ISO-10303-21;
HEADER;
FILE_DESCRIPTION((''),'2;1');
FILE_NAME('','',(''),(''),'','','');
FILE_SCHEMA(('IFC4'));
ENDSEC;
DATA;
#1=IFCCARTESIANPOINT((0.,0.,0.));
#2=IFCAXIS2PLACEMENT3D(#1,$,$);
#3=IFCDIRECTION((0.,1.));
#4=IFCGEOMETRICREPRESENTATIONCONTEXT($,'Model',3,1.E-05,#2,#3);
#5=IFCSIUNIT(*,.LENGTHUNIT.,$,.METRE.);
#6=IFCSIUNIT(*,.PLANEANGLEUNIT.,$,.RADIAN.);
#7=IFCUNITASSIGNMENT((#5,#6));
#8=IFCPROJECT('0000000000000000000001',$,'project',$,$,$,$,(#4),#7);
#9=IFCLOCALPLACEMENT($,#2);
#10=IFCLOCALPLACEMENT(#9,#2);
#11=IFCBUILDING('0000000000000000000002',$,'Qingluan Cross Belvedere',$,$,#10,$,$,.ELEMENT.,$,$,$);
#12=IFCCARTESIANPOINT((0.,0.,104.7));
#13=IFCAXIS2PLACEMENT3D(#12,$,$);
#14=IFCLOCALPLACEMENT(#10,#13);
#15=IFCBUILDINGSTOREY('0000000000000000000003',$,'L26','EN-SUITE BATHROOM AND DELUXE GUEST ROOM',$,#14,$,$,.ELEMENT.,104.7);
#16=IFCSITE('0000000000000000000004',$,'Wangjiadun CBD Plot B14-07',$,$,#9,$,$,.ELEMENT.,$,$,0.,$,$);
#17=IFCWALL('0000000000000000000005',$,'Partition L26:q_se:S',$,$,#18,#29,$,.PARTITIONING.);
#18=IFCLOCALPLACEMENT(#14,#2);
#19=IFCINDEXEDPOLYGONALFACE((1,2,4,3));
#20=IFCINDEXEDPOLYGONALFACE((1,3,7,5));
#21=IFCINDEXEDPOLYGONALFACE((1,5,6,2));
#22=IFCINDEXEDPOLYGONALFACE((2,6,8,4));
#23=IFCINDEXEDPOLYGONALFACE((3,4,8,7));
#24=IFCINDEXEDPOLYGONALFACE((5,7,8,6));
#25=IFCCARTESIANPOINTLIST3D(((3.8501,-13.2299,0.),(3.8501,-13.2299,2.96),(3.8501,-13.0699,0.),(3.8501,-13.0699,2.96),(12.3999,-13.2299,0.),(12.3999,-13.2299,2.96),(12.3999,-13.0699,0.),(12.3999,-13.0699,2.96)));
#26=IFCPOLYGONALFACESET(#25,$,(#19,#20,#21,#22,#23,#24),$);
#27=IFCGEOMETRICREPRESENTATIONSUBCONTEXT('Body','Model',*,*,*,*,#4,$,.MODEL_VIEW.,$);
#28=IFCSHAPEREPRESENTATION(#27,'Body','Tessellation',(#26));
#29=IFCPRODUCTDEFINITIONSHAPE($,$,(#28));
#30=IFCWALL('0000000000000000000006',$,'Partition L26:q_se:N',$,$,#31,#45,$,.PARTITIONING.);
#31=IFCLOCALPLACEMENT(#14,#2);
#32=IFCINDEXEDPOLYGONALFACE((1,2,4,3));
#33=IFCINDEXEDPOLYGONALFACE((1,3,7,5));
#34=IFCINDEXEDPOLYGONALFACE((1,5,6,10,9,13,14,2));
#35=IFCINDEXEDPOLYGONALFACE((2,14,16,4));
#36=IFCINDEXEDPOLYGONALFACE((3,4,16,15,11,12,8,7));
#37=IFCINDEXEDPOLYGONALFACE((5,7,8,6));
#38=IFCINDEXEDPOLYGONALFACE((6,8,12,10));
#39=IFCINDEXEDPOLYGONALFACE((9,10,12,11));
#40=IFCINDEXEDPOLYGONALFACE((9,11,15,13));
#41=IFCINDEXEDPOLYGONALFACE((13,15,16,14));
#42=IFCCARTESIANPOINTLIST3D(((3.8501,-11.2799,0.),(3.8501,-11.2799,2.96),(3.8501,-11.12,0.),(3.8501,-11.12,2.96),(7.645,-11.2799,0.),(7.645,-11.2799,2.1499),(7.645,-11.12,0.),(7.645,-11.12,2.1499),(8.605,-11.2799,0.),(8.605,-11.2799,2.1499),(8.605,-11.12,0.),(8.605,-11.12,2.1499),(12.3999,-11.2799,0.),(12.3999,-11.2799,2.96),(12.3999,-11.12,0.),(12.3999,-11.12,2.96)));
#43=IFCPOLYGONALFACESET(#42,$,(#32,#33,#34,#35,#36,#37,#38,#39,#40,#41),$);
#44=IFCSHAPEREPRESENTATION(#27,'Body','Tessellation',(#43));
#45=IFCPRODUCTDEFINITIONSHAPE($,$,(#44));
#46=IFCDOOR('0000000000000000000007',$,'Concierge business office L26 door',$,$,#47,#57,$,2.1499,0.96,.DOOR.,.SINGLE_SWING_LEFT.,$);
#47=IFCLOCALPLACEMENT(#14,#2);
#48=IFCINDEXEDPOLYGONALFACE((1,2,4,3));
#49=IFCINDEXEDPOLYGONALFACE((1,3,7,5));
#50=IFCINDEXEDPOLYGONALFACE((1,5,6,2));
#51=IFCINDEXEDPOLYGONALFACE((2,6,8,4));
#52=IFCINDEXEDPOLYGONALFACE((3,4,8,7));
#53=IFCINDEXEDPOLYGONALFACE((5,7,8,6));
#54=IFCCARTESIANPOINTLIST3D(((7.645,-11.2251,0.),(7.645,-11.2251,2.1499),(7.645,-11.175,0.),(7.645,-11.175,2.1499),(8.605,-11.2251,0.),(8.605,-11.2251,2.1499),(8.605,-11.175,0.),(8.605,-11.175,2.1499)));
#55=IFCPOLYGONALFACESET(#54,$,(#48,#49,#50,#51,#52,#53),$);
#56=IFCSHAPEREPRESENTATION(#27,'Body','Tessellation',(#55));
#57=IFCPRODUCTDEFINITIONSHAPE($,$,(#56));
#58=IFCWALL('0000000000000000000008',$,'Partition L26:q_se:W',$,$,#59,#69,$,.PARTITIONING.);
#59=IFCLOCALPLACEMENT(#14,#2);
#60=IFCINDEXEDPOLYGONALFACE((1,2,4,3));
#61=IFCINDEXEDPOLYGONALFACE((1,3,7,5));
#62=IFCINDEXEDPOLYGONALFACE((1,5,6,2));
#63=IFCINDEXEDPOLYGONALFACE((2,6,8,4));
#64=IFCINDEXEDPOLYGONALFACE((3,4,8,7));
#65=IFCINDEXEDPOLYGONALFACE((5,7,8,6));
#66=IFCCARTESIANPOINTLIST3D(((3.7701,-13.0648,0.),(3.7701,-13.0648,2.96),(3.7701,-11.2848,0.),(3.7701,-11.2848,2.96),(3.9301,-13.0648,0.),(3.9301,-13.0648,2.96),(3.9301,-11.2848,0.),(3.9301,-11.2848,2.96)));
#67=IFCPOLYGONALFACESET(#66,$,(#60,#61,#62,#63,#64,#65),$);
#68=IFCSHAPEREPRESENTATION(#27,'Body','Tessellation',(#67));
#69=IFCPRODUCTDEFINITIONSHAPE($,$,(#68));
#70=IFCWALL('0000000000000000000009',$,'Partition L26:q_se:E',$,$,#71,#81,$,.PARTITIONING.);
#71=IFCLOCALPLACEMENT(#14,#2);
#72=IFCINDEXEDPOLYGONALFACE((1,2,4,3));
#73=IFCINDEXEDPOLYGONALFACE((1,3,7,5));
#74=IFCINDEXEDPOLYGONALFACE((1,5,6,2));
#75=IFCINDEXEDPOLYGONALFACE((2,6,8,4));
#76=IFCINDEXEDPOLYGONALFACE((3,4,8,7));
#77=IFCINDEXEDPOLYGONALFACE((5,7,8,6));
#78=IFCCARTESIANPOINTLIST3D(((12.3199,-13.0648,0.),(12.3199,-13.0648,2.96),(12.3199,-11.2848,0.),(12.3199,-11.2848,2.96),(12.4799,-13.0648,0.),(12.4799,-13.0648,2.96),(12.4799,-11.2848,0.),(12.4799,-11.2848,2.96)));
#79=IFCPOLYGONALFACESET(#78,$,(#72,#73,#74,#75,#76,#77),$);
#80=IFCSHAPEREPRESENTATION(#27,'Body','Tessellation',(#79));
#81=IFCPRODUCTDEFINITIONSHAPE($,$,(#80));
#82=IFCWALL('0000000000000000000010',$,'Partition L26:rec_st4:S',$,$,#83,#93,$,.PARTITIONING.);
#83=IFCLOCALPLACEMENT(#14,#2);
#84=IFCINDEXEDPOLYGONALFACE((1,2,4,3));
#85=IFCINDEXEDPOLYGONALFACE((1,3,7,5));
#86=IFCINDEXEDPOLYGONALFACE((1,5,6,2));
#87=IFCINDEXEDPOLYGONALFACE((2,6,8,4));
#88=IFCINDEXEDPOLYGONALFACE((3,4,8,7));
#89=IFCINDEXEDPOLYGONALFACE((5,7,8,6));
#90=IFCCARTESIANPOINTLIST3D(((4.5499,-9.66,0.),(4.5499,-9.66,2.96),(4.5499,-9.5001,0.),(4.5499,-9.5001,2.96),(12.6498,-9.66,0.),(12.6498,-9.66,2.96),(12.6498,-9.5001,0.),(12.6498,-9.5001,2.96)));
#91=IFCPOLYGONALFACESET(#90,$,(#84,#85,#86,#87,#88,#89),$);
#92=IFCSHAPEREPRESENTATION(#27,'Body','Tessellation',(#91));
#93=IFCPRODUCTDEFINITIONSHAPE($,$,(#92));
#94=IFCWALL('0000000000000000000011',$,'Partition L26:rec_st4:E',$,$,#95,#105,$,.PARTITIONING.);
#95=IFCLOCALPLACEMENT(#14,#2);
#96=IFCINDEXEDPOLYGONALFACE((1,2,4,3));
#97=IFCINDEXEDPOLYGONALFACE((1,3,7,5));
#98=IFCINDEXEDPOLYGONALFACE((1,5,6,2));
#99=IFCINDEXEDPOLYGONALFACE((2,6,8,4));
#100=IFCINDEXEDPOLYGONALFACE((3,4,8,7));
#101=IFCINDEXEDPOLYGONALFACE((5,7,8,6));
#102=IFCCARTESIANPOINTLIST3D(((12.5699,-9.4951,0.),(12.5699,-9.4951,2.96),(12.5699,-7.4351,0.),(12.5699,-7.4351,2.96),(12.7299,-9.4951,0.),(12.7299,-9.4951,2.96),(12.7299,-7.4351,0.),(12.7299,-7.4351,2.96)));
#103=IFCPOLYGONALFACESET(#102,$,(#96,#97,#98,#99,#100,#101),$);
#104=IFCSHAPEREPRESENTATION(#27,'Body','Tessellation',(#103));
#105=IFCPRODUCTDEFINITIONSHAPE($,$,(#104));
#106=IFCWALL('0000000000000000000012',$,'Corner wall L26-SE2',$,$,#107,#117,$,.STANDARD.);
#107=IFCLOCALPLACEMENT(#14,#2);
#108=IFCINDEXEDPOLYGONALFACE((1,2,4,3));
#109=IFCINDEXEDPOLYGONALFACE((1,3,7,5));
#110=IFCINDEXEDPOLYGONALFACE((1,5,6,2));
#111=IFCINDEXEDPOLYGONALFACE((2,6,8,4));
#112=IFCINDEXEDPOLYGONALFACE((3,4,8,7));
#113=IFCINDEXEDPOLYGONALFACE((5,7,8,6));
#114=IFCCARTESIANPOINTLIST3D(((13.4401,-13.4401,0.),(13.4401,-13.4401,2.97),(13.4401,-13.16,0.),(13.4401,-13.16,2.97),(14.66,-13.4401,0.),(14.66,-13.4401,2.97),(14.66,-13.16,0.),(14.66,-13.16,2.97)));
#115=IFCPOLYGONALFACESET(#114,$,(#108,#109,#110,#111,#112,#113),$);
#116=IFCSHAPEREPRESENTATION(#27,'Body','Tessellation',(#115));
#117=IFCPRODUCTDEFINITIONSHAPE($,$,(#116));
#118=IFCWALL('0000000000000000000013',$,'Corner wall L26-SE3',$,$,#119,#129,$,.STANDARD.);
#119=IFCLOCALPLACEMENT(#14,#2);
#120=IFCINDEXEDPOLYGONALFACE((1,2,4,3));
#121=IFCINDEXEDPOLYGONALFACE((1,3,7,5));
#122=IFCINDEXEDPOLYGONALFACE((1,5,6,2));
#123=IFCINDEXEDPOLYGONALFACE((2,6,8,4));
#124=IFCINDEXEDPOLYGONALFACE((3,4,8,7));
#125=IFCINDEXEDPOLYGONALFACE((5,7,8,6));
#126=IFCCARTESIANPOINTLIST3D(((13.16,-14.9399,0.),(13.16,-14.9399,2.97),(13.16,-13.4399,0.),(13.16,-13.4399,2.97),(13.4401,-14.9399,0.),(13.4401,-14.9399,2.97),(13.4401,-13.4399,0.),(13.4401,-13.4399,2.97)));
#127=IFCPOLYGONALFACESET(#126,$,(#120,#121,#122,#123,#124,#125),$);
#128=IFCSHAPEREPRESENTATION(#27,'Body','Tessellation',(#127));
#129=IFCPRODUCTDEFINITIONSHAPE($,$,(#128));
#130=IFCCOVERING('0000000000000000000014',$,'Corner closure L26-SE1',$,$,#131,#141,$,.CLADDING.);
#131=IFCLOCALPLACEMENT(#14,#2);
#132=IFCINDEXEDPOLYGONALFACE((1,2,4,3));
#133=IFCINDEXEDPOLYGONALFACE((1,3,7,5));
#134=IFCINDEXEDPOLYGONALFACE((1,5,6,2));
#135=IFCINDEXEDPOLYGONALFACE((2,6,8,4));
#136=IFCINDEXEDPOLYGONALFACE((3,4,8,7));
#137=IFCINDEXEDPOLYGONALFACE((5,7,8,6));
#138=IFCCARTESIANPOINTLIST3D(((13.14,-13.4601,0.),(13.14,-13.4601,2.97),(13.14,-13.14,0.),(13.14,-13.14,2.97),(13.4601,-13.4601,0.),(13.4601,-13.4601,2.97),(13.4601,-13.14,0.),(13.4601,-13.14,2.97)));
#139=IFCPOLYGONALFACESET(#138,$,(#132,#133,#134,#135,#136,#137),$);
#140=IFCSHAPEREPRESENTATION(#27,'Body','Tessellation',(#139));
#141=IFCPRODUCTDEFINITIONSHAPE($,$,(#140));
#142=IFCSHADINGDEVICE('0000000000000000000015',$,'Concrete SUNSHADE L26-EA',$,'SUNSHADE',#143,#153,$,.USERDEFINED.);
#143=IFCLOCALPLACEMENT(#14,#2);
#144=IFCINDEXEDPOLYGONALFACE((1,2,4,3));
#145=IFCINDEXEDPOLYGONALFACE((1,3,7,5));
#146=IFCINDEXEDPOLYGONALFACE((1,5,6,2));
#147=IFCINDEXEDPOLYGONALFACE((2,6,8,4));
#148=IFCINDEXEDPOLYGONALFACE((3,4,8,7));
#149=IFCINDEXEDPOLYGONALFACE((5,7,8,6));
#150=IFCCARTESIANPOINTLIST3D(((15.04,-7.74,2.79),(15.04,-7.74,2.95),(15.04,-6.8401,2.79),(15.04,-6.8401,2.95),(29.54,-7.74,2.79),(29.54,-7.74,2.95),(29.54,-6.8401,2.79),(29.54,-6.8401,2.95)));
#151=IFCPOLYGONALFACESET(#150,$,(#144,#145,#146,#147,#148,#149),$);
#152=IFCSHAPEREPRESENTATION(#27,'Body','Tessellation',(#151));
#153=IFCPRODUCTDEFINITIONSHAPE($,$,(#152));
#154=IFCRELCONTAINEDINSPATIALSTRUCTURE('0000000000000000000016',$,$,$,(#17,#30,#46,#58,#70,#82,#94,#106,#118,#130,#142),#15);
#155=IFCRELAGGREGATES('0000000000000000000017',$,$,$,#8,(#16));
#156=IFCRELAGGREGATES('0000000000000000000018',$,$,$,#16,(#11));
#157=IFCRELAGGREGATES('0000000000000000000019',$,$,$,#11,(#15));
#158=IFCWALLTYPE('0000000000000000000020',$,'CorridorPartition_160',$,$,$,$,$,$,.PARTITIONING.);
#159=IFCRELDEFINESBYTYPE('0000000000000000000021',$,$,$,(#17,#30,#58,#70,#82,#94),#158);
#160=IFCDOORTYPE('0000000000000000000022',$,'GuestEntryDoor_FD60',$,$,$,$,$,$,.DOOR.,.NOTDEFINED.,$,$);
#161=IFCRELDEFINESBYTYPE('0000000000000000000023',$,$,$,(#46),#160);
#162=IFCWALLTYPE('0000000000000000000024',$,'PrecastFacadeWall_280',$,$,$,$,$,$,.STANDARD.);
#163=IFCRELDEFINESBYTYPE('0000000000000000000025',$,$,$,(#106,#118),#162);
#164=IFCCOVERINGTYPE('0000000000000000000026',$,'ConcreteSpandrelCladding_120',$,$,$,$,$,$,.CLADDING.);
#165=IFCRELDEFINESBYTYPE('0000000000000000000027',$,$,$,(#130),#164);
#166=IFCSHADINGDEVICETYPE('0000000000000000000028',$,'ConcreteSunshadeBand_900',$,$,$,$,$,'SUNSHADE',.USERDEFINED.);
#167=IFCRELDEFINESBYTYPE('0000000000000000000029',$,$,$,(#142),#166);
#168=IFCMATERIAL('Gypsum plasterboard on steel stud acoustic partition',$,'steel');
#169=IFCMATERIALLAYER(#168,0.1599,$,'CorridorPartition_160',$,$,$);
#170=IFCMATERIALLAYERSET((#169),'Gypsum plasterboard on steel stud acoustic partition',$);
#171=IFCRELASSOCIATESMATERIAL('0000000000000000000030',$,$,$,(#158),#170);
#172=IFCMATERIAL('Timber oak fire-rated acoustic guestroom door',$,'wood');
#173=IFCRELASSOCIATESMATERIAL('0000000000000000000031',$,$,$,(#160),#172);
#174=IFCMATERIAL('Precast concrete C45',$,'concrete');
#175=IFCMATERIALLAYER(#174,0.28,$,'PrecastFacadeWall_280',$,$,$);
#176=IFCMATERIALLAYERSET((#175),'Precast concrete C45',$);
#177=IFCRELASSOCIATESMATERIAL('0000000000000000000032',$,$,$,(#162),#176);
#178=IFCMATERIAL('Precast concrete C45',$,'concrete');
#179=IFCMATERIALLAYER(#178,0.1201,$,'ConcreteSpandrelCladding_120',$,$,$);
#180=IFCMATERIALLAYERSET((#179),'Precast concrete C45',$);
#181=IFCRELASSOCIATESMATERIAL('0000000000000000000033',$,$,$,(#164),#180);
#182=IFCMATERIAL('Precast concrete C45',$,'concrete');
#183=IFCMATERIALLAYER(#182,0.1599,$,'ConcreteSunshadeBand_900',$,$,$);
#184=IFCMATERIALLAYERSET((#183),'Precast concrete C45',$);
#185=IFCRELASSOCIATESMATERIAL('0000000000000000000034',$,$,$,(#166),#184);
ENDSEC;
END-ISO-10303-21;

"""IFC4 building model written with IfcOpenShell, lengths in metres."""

from ifc_helpers import new_model, si_unit, direction, frame, frame_2d, origin, origin_2d, place, context, subcontext, project, spatial, rectangle, extrude, material, layer, layer_set, type_object, element, fill, save


model = new_model("IFC4")

# Units and contexts
model_context = context("Model", 3, precision=1e-05, world=origin(), true_north=direction((0.0, 1.0)))
body_context = subcontext(model_context, "Body", "Model", "MODEL_VIEW")
ifc_project = project(units=[si_unit("LENGTHUNIT", "METRE"), si_unit("PLANEANGLEUNIT", "RADIAN")], contexts=[model_context])

# Site, building, storey
site_placement = place(None, origin())
site = spatial("IfcSite", under=ifc_project, at=site_placement, Name="Wangjiadun CBD Plot B14-07", CompositionType="ELEMENT", RefElevation=0.0)
building_placement = place(site_placement, origin())
building = spatial("IfcBuilding", under=site, at=building_placement, Name="Qingluan Cross Belvedere", CompositionType="ELEMENT")
storey_placement = place(building_placement, frame((0.0, 0.0, 104.7)))
storey = spatial("IfcBuildingStorey", under=building, at=storey_placement, Name="L26", Description="EN-SUITE BATHROOM AND DELUXE GUEST ROOM", CompositionType="ELEMENT", Elevation=104.7)

# Wall
ifc_material_1 = material(Name="Gypsum plasterboard on steel stud acoustic partition", Category="steel")
ifc_layer_1 = layer(ifc_material_1, 0.1599, Name="CorridorPartition_160")
ifc_layer_set_1 = layer_set([ifc_layer_1], Name="Gypsum plasterboard on steel stud acoustic partition")
wall_type_1 = type_object("IfcWallType", Name="CorridorPartition_160", PredefinedType="PARTITIONING", material=ifc_layer_set_1)
wall_1_placement = place(storey_placement, frame((3.8501, -13.1499, 0.0), z_axis=(0.0, 0.0, 1.0), x_axis=(1.0, 0.0, 0.0)))
element("IfcWall", 1, at=wall_1_placement, inside=storey, type_object=wall_type_1, Name="Partition L26:q_se:S", PredefinedType="PARTITIONING", context=body_context, shape_type="SweptSolid", body=[
    extrude(rectangle(XDim=8.5498, YDim=0.1599, at=frame_2d((4.2749, 0.0))), origin(), (0.0, 0.0, 1.0), 2.96),
])

# Wall, opening, door
wall_2_placement = place(storey_placement, frame((3.8501, -11.2, 0.0), z_axis=(0.0, 0.0, 1.0), x_axis=(1.0, 0.0, 0.0)))
wall_2 = element("IfcWall", 2, at=wall_2_placement, inside=storey, type_object=wall_type_1, Name="Partition L26:q_se:N", PredefinedType="PARTITIONING", context=body_context, shape_type="SweptSolid", body=[
    extrude(rectangle(XDim=8.5498, YDim=0.1599, at=frame_2d((4.2749, 0.0))), origin(), (0.0, 0.0, 1.0), 2.96),
])
opening_1_placement = place(wall_2_placement, frame((3.7949, 0.0, 0.0)))
opening_1 = element("IfcOpeningElement", 3, at=opening_1_placement, cuts=wall_2, PredefinedType="OPENING", context=body_context, shape_type="SweptSolid", body=[
    extrude(rectangle(XDim=0.96, YDim=2.1499, at=frame_2d((0.48, 1.075))), frame((0.0, 0.0898, 0.0), z_axis=(0.0, -1.0, 0.0), x_axis=(1.0, 0.0, 0.0)), (0.0, 0.0, 1.0), 0.1799),
])
ifc_material_2 = material(Name="Timber oak fire-rated acoustic guestroom door", Category="wood")
door_type = type_object("IfcDoorType", Name="GuestEntryDoor_FD60", OperationType="NOTDEFINED", PredefinedType="DOOR", material=ifc_material_2)
door_1_placement = place(opening_1_placement, origin())
door_1 = element("IfcDoor", 4, at=door_1_placement, inside=storey, type_object=door_type, Name="Concierge business office L26 door", OperationType="SINGLE_SWING_LEFT", OverallHeight=2.1499, OverallWidth=0.96, PredefinedType="DOOR", context=body_context, shape_type="SweptSolid", body=[
    extrude(rectangle(XDim=0.96, YDim=2.1499, at=frame_2d((0.48, 1.075))), frame((0.0, 0.0249, 0.0), z_axis=(0.0, -1.0, 0.0), x_axis=(1.0, 0.0, 0.0)), (0.0, 0.0, 1.0), 0.05),
])
fill(opening_1, door_1)

# Walls
for number, where, z_axis, x_axis, name in (
    (5, (3.8501, -13.0649, 0.0), (0.0, 0.0, 1.0), (0.0, 1.0, 0.0), "Partition L26:q_se:W"),
    (6, (12.3999, -13.0649, 0.0), (0.0, 0.0, 1.0), (0.0, 1.0, 0.0), "Partition L26:q_se:E"),
):
    element("IfcWall", number, at=place(storey_placement, frame(where, z_axis=z_axis, x_axis=x_axis)), inside=storey, type_object=wall_type_1, Name=name, PredefinedType="PARTITIONING", context=body_context, shape_type="SweptSolid", body=[
        extrude(rectangle(XDim=1.78, YDim=0.1599, at=frame_2d((0.8901, 0.0))), origin(), (0.0, 0.0, 1.0), 2.96),
    ])
wall_3_placement = place(storey_placement, frame((4.55, -9.5801, 0.0), z_axis=(0.0, 0.0, 1.0), x_axis=(1.0, 0.0, 0.0)))
element("IfcWall", 7, at=wall_3_placement, inside=storey, type_object=wall_type_1, Name="Partition L26:rec_st4:S", PredefinedType="PARTITIONING", context=body_context, shape_type="SweptSolid", body=[
    extrude(rectangle(XDim=8.0999, YDim=0.1599, at=frame_2d((4.0498, 0.0))), origin(), (0.0, 0.0, 1.0), 2.96),
])

# Walls
wall_4_placement = place(storey_placement, frame((12.6499, -9.4951, 0.0), z_axis=(0.0, 0.0, 1.0), x_axis=(0.0, 1.0, 0.0)))
element("IfcWall", 8, at=wall_4_placement, inside=storey, type_object=wall_type_1, Name="Partition L26:rec_st4:E", PredefinedType="PARTITIONING", context=body_context, shape_type="SweptSolid", body=[
    extrude(rectangle(XDim=2.0601, YDim=0.1599, at=frame_2d((1.03, 0.0))), origin(), (0.0, 0.0, 1.0), 2.96),
])
ifc_material_3 = material(Name="Precast concrete C45", Category="concrete")
ifc_layer_2 = layer(ifc_material_3, 0.28, Name="PrecastFacadeWall_280")
ifc_layer_set_2 = layer_set([ifc_layer_2], Name="Precast concrete C45")
wall_type_2 = type_object("IfcWallType", Name="PrecastFacadeWall_280", PredefinedType="STANDARD", material=ifc_layer_set_2)
wall_5_placement = place(storey_placement, frame((14.6599, -13.3, 0.0), z_axis=(0.0, 0.0, 1.0), x_axis=(-1.0, 0.0, 0.0)))
element("IfcWall", 9, at=wall_5_placement, inside=storey, type_object=wall_type_2, Name="Corner wall L26-SE2", PredefinedType="STANDARD", context=body_context, shape_type="SweptSolid", body=[
    extrude(rectangle(XDim=1.22, YDim=0.28, at=frame_2d((0.6099, 0.0))), origin(), (0.0, 0.0, 1.0), 2.97),
])
wall_6_placement = place(storey_placement, frame((13.3, -13.4399, 0.0), z_axis=(0.0, 0.0, 1.0), x_axis=(0.0, -1.0, 0.0)))
element("IfcWall", 10, at=wall_6_placement, inside=storey, type_object=wall_type_2, Name="Corner wall L26-SE3", PredefinedType="STANDARD", context=body_context, shape_type="SweptSolid", body=[
    extrude(rectangle(XDim=1.5, YDim=0.28, at=frame_2d((0.75, 0.0))), origin(), (0.0, 0.0, 1.0), 2.97),
])

# Covering
ifc_material_4 = material(Name="Precast concrete C45", Category="concrete")
ifc_layer_3 = layer(ifc_material_4, 0.1201, Name="ConcreteSpandrelCladding_120")
ifc_layer_set_3 = layer_set([ifc_layer_3], Name="Precast concrete C45")
covering_type = type_object("IfcCoveringType", Name="ConcreteSpandrelCladding_120", PredefinedType="CLADDING", material=ifc_layer_set_3)
covering_placement = place(storey_placement, frame((13.3, -13.3, 0.0), z_axis=(0.0, 0.0, 1.0), x_axis=(1.0, 0.0, 0.0)))
element("IfcCovering", 11, at=covering_placement, inside=storey, type_object=covering_type, Name="Corner closure L26-SE1", PredefinedType="CLADDING", context=body_context, shape_type="SweptSolid", body=[
    extrude(rectangle(XDim=0.3201, YDim=0.3201, at=origin_2d()), origin(), (0.0, 0.0, 1.0), 2.97),
])

# Shading device
ifc_material_5 = material(Name="Precast concrete C45", Category="concrete")
ifc_layer_4 = layer(ifc_material_5, 0.1599, Name="ConcreteSunshadeBand_900")
ifc_layer_set_4 = layer_set([ifc_layer_4], Name="Precast concrete C45")
shading_device_type = type_object("IfcShadingDeviceType", Name="ConcreteSunshadeBand_900", ElementType="SUNSHADE", PredefinedType="USERDEFINED", material=ifc_layer_set_4)
shading_device_placement = place(storey_placement, frame((22.29, -7.29, 2.79), z_axis=(0.0, 0.0, 1.0), x_axis=(1.0, 0.0, 0.0)))
element("IfcShadingDevice", 12, at=shading_device_placement, inside=storey, type_object=shading_device_type, Name="Concrete SUNSHADE L26-EA", ObjectType="SUNSHADE", PredefinedType="USERDEFINED", context=body_context, shape_type="SweptSolid", body=[
    extrude(rectangle(XDim=14.5, YDim=0.8999, at=origin_2d()), origin(), (0.0, 0.0, 1.0), 0.1599),
])

save(model, "model.ifc")
